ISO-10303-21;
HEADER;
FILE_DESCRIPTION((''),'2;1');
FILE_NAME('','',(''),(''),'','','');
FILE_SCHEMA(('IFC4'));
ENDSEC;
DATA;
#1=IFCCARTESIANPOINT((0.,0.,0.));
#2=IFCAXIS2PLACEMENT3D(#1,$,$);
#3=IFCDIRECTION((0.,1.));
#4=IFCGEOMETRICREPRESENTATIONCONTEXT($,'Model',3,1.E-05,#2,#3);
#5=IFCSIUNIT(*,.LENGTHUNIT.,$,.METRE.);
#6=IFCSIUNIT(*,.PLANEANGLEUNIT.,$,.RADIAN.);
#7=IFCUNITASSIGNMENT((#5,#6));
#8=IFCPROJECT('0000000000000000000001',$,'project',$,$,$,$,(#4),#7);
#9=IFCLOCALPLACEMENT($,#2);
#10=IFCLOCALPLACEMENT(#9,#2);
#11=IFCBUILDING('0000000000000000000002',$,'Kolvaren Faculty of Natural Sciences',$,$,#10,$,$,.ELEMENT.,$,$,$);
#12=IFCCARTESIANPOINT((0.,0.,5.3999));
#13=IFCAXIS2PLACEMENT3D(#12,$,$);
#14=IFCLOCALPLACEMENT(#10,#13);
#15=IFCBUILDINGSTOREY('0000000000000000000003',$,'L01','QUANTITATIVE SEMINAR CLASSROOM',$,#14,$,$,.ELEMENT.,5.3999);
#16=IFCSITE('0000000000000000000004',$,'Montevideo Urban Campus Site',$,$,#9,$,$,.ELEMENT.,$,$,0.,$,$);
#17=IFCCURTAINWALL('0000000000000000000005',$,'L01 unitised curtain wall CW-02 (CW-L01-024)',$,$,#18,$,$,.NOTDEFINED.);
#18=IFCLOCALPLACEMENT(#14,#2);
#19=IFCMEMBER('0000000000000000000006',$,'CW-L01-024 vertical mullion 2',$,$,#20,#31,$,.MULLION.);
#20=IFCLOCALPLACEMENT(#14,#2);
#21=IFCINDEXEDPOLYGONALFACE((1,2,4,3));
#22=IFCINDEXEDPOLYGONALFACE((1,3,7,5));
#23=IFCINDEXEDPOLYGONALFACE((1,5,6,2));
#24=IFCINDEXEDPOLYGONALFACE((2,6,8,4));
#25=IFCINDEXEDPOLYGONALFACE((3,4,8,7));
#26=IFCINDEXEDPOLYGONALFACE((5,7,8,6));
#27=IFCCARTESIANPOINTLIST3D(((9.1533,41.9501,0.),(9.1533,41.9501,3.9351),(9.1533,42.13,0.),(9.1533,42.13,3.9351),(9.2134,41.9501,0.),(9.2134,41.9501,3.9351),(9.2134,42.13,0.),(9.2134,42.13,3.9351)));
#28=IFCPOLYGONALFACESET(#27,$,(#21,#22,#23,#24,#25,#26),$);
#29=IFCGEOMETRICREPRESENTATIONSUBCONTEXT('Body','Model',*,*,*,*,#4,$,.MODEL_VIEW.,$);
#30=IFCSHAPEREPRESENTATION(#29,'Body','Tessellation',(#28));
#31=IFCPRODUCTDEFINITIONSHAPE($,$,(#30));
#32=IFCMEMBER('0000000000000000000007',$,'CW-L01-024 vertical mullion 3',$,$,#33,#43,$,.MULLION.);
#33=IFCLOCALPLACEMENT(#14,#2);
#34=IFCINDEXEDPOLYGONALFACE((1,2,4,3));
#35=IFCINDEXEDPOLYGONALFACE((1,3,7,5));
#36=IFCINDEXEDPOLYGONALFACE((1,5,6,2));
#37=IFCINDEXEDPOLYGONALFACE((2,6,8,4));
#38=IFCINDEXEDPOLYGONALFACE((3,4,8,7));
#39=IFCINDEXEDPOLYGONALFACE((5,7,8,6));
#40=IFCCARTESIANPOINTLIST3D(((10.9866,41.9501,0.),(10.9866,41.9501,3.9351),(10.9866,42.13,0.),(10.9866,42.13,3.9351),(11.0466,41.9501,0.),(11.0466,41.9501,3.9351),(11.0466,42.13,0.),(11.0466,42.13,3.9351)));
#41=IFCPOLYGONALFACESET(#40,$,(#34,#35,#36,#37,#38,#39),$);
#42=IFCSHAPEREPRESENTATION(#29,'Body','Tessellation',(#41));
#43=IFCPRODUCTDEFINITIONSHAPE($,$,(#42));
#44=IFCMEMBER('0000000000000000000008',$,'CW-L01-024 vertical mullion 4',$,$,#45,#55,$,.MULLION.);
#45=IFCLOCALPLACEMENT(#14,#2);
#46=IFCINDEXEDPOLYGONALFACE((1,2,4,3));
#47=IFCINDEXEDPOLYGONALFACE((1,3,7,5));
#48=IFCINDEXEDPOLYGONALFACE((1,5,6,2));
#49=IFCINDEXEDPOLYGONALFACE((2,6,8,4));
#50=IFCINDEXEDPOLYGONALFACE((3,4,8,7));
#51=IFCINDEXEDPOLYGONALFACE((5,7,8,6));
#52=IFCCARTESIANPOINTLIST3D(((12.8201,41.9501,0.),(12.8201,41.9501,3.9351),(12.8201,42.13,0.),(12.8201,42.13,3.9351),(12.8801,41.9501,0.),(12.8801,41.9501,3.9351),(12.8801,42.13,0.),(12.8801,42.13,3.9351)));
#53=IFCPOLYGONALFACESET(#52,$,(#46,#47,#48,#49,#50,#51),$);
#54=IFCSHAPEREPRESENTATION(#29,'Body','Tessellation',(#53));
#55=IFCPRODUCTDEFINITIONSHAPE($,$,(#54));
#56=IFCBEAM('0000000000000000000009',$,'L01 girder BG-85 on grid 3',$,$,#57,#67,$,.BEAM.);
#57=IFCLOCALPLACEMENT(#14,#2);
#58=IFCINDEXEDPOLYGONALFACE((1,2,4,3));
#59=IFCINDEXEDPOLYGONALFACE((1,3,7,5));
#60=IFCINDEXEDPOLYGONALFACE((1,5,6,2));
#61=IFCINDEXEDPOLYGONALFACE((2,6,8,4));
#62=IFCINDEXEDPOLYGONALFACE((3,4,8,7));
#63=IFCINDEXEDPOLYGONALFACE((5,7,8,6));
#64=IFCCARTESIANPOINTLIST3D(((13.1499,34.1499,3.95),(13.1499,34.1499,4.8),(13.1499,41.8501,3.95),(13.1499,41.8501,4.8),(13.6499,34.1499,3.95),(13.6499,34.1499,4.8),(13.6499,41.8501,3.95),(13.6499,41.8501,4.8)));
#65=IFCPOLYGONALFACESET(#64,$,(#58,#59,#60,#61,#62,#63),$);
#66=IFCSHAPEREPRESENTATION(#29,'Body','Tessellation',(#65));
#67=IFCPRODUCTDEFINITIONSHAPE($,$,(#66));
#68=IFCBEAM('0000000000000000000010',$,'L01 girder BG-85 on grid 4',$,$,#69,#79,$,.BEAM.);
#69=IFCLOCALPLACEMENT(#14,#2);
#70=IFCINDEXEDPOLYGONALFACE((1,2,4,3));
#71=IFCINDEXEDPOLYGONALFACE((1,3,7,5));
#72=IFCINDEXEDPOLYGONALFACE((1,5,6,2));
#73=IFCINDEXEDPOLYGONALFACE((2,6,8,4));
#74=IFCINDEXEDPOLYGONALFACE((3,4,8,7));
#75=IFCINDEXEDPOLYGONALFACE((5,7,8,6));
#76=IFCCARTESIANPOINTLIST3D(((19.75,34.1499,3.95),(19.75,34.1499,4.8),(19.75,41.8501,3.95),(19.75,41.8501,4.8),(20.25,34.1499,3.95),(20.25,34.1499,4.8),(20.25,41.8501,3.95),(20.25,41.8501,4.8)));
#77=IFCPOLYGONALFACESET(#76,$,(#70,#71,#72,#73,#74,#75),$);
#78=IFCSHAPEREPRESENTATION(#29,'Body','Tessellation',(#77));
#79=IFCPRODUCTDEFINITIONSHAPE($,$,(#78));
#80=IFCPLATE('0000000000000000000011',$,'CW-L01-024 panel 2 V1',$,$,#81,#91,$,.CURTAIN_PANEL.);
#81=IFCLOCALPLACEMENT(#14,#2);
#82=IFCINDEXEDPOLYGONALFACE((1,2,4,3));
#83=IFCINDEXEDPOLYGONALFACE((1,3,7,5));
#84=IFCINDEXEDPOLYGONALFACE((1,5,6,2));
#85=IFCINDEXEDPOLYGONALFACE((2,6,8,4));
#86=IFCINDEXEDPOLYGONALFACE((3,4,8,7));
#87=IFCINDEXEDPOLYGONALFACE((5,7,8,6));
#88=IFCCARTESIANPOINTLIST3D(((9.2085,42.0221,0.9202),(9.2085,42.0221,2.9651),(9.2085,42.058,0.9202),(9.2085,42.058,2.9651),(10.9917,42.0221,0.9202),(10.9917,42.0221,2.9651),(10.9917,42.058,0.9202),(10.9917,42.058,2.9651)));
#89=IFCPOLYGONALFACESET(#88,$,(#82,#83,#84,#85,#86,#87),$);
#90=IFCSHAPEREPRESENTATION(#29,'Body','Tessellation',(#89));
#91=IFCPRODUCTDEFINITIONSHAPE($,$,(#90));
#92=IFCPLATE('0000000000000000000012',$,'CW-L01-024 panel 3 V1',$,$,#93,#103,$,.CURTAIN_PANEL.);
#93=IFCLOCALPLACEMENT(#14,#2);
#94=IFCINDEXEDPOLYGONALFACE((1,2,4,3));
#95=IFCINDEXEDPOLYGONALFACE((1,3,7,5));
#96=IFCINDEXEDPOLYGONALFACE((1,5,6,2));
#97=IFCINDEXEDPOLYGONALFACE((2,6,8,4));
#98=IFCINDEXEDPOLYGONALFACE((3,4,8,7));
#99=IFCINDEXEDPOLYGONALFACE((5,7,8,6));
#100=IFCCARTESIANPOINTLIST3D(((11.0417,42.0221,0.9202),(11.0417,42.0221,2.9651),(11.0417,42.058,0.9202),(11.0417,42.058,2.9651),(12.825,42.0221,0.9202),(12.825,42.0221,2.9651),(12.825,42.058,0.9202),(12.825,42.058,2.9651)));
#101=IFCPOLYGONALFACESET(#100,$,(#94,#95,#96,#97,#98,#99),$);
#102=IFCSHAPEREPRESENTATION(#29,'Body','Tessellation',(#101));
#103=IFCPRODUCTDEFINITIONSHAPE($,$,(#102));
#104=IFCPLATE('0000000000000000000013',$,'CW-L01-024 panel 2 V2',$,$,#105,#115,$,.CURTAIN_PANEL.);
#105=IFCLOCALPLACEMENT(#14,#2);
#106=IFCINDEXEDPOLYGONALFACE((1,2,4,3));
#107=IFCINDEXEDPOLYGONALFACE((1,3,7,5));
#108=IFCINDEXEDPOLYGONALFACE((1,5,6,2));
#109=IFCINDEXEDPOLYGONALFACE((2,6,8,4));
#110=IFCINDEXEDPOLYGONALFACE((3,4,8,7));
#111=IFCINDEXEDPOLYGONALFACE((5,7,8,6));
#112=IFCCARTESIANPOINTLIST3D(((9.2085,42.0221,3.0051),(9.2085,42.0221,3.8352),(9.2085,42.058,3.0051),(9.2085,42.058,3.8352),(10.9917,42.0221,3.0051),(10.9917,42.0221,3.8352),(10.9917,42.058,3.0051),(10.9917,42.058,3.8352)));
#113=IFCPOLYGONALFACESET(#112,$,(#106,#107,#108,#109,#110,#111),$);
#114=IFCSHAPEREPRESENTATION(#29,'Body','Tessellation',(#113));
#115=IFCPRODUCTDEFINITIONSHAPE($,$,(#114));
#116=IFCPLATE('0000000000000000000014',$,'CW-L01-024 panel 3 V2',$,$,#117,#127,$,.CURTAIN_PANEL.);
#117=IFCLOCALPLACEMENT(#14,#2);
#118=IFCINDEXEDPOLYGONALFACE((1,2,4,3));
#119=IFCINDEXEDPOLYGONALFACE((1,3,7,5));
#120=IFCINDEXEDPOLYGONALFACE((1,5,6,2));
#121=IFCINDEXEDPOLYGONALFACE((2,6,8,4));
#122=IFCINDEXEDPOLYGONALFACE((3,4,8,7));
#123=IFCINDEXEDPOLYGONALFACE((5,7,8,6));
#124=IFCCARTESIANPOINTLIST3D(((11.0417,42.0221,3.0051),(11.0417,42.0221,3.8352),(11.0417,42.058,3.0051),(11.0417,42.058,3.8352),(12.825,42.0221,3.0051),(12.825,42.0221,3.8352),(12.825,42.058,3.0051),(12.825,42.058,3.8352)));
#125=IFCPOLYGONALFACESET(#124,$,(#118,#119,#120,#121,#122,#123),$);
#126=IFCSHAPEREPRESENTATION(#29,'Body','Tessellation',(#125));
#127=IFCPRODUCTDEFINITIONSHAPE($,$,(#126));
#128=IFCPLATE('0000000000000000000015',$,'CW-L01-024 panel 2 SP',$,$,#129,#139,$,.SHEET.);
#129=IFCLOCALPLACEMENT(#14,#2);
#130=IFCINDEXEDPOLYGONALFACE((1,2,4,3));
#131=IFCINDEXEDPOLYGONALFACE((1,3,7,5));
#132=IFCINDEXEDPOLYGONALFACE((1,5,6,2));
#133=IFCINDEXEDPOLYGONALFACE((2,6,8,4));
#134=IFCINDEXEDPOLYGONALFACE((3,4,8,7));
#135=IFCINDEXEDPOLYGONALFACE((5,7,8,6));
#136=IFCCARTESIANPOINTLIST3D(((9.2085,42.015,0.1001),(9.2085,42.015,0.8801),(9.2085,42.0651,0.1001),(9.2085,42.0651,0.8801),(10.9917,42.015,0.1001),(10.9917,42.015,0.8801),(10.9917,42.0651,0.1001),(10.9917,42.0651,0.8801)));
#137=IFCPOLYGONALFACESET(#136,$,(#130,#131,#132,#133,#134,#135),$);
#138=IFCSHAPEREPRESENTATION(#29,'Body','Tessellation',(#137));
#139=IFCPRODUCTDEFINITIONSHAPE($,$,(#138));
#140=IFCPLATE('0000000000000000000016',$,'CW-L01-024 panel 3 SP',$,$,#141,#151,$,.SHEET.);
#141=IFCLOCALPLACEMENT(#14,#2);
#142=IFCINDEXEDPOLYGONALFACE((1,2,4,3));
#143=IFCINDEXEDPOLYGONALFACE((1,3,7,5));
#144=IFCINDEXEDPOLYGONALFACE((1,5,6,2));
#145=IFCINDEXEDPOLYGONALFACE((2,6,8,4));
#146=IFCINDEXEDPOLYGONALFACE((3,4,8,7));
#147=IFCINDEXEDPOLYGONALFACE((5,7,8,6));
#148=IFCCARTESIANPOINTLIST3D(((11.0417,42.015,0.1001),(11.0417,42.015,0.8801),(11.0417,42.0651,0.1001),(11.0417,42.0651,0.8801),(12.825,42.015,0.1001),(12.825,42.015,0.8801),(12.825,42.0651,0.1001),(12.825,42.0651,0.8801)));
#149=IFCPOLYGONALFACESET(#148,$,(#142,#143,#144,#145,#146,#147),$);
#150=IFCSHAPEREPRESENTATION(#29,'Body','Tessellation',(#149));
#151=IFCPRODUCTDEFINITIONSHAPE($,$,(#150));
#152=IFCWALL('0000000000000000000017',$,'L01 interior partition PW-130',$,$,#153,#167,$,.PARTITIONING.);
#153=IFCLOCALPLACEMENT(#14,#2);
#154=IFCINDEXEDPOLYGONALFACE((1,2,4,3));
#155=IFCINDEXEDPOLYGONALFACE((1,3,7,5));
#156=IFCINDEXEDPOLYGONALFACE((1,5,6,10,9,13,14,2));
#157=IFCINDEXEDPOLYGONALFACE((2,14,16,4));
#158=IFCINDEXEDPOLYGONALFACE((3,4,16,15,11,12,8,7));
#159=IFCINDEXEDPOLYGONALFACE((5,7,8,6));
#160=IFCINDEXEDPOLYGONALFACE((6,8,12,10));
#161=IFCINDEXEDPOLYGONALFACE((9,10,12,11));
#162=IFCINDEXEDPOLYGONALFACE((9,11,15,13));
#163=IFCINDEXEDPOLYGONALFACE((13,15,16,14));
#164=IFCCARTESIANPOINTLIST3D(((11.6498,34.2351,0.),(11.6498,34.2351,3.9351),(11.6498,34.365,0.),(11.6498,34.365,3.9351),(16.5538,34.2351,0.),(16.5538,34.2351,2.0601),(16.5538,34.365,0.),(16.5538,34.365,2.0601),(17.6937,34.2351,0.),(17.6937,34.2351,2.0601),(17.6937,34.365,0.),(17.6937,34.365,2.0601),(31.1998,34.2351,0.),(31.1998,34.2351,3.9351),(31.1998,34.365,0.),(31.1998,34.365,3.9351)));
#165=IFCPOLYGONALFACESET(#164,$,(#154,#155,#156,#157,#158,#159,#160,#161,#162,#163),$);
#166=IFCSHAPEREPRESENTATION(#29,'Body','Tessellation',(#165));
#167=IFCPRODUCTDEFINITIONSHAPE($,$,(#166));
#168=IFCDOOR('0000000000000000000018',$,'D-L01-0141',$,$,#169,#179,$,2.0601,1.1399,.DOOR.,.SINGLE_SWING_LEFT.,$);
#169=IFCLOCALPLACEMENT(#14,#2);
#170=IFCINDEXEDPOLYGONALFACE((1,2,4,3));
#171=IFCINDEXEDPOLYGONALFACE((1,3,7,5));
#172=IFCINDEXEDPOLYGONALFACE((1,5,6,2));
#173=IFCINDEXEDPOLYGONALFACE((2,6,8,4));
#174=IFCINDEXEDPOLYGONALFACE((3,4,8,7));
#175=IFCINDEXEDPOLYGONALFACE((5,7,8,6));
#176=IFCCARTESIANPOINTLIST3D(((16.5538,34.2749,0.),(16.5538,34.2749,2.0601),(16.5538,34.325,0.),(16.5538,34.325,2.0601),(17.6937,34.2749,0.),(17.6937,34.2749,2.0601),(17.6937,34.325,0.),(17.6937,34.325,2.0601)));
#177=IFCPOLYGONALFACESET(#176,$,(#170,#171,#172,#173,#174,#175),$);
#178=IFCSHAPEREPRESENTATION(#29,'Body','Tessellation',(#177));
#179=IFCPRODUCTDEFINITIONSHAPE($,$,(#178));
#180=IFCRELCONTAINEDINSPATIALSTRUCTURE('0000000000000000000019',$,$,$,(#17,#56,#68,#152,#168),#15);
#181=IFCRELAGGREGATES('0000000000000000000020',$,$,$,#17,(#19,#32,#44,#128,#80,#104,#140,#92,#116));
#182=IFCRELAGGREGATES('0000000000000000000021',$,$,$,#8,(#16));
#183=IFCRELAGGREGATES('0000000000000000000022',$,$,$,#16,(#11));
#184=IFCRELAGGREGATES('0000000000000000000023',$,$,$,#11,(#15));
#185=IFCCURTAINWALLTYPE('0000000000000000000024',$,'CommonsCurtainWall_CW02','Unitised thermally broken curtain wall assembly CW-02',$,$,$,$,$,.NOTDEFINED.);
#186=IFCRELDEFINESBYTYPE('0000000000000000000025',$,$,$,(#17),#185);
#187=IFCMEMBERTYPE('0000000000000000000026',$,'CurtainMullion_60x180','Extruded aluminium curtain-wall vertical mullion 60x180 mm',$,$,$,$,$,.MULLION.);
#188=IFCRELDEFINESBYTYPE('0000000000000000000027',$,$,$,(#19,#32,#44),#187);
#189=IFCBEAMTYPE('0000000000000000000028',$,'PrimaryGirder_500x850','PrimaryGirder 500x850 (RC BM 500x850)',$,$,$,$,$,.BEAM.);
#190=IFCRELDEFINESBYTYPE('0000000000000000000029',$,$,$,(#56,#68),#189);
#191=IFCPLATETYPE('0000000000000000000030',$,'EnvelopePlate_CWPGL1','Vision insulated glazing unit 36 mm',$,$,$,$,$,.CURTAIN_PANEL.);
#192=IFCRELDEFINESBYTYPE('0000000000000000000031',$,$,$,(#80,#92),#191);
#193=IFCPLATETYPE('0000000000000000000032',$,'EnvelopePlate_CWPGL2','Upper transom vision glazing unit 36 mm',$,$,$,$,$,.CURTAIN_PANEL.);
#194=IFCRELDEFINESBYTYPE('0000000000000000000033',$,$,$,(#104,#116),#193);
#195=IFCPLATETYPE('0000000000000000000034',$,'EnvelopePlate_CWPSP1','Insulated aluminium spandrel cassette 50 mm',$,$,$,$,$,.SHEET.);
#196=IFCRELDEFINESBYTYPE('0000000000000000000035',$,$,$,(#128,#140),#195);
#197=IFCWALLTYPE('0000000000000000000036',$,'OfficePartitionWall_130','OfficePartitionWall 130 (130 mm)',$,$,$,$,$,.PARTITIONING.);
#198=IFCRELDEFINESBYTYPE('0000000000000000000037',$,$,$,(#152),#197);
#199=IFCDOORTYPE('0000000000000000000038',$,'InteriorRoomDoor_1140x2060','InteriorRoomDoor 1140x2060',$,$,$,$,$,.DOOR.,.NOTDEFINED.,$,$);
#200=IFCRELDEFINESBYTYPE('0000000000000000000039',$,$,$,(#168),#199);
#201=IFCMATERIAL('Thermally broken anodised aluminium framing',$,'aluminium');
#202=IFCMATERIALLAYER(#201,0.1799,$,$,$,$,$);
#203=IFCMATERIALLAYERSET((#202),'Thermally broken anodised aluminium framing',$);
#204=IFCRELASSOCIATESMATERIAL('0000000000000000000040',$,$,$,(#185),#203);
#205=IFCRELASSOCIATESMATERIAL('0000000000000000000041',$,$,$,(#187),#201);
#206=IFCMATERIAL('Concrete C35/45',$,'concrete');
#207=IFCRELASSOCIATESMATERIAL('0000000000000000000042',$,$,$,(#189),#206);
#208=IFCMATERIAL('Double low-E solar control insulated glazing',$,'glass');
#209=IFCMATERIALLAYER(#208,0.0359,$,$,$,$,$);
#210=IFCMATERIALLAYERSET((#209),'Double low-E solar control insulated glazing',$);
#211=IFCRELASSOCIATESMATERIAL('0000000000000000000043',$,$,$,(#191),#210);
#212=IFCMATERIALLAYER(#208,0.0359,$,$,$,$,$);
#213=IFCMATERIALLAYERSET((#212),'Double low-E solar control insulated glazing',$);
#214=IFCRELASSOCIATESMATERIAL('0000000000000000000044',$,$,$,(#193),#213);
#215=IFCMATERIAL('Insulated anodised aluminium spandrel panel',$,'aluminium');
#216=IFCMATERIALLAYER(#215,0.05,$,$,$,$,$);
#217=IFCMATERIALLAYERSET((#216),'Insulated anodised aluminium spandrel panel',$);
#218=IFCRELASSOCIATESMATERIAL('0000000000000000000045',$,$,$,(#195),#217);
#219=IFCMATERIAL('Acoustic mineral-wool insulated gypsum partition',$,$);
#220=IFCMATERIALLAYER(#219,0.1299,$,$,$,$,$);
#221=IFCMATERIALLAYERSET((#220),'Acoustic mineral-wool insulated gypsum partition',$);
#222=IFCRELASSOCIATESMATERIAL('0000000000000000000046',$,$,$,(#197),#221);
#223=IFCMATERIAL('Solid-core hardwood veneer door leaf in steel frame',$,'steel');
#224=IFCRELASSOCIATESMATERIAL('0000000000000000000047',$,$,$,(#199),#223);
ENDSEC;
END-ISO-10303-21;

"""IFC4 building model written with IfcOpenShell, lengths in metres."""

from ifc_helpers import new_model, si_unit, direction, frame, frame_2d, origin, origin_2d, place, context, subcontext, project, spatial, rectangle, extrude, material, layer, layer_set, material_profile, profile_set, type_object, element, fill, aggregate, save


model = new_model("IFC4")

# Units and contexts
model_context = context("Model", 3, precision=1e-05, world=origin(), true_north=direction((0.0, 1.0)))
body_context = subcontext(model_context, "Body", "Model", "MODEL_VIEW")
ifc_project = project(units=[si_unit("LENGTHUNIT", "METRE"), si_unit("PLANEANGLEUNIT", "RADIAN")], contexts=[model_context])

# Site, building, storey
site_placement = place(None, origin())
site = spatial("IfcSite", under=ifc_project, at=site_placement, Name="Montevideo Urban Campus Site", CompositionType="ELEMENT", RefElevation=0.0)
building_placement = place(site_placement, origin())
building = spatial("IfcBuilding", under=site, at=building_placement, Name="Kolvaren Faculty of Natural Sciences", CompositionType="ELEMENT")
storey_placement = place(building_placement, frame((0.0, 0.0, 5.3999)))
storey = spatial("IfcBuildingStorey", under=building, at=storey_placement, Name="L01", Description="QUANTITATIVE SEMINAR CLASSROOM", CompositionType="ELEMENT", Elevation=5.3999)

# Curtain wall, members
ifc_material_1 = material(Name="Thermally broken anodised aluminium framing", Category="aluminium")
ifc_layer_1 = layer(ifc_material_1, 0.1799)
ifc_layer_set_1 = layer_set([ifc_layer_1], Name="Thermally broken anodised aluminium framing")
curtain_wall_type = type_object("IfcCurtainWallType", Name="CommonsCurtainWall_CW02", Description="Unitised thermally broken curtain wall assembly CW-02", PredefinedType="NOTDEFINED", material=ifc_layer_set_1)
curtain_wall_placement = place(storey_placement, origin())
curtain_wall = element("IfcCurtainWall", 1, at=curtain_wall_placement, inside=storey, type_object=curtain_wall_type, Name="L01 unitised curtain wall CW-02 (CW-L01-024)", PredefinedType="NOTDEFINED")
ifc_material_profile_1 = material_profile(ifc_material_1, rectangle(XDim=0.0601, YDim=0.1799, at=origin_2d()), Name="ALU MUL 60x180")
ifc_profile_set_1 = profile_set([ifc_material_profile_1], Name="Thermally broken anodised aluminium framing")
member_type = type_object("IfcMemberType", Name="CurtainMullion_60x180", Description="Extruded aluminium curtain-wall vertical mullion 60x180 mm", PredefinedType="MULLION", material=ifc_profile_set_1)
member_1_placement = place(storey_placement, frame((9.1833, 42.04, 0.0), z_axis=(0.0, 0.0, 1.0), x_axis=(1.0, 0.0, 0.0)))
member_1 = element("IfcMember", 2, at=member_1_placement, type_object=member_type, Name="CW-L01-024 vertical mullion 2", PredefinedType="MULLION", context=body_context, shape_type="SweptSolid", body=[
    extrude(rectangle(XDim=0.0601, YDim=0.1799, at=origin_2d()), origin(), (0.0, 0.0, 1.0), 3.9351),
])
member_2_placement = place(storey_placement, frame((11.0166, 42.04, 0.0), z_axis=(0.0, 0.0, 1.0), x_axis=(1.0, 0.0, 0.0)))
member_2 = element("IfcMember", 3, at=member_2_placement, type_object=member_type, Name="CW-L01-024 vertical mullion 3", PredefinedType="MULLION", context=body_context, shape_type="SweptSolid", body=[
    extrude(rectangle(XDim=0.0601, YDim=0.1799, at=origin_2d()), origin(), (0.0, 0.0, 1.0), 3.9351),
])
member_3_placement = place(storey_placement, frame((12.8501, 42.04, 0.0), z_axis=(0.0, 0.0, 1.0), x_axis=(1.0, 0.0, 0.0)))
member_3 = element("IfcMember", 4, at=member_3_placement, type_object=member_type, Name="CW-L01-024 vertical mullion 4", PredefinedType="MULLION", context=body_context, shape_type="SweptSolid", body=[
    extrude(rectangle(XDim=0.0601, YDim=0.1799, at=origin_2d()), origin(), (0.0, 0.0, 1.0), 3.9351),
])

# Beams
ifc_material_2 = material(Name="Concrete C35/45", Category="concrete")
ifc_material_profile_2 = material_profile(ifc_material_2, rectangle(XDim=0.5, YDim=0.8501, at=origin_2d()), Name="RC BM 500x850")
ifc_profile_set_2 = profile_set([ifc_material_profile_2], Name="Concrete C35/45")
beam_type = type_object("IfcBeamType", Name="PrimaryGirder_500x850", Description="PrimaryGirder 500x850 (RC BM 500x850)", PredefinedType="BEAM", material=ifc_profile_set_2)
for number, where, z_axis, x_axis, name in (
    (5, (13.3999, 34.1499, 4.375), (0.0, 1.0, 0.0), (-1.0, 0.0, 0.0), "L01 girder BG-85 on grid 3"),
    (6, (20.0, 34.1499, 4.375), (0.0, 1.0, 0.0), (-1.0, 0.0, 0.0), "L01 girder BG-85 on grid 4"),
):
    element("IfcBeam", number, at=place(storey_placement, frame(where, z_axis=z_axis, x_axis=x_axis)), inside=storey, type_object=beam_type, Name=name, PredefinedType="BEAM", context=body_context, shape_type="SweptSolid", body=[
        extrude(rectangle(XDim=0.5, YDim=0.8501, at=origin_2d()), origin(), (0.0, 0.0, 1.0), 7.7002),
    ])

# Plates
ifc_material_3 = material(Name="Double low-E solar control insulated glazing", Category="glass")
ifc_layer_2 = layer(ifc_material_3, 0.0359)
ifc_layer_set_2 = layer_set([ifc_layer_2], Name="Double low-E solar control insulated glazing")
plate_type_1 = type_object("IfcPlateType", Name="EnvelopePlate_CWPGL1", Description="Vision insulated glazing unit 36 mm", PredefinedType="CURTAIN_PANEL", material=ifc_layer_set_2)
plate_1_placement = place(storey_placement, frame((10.1001, 42.04, 0.9202), z_axis=(0.0, 0.0, 1.0), x_axis=(1.0, 0.0, 0.0)))
plate_1 = element("IfcPlate", 7, at=plate_1_placement, type_object=plate_type_1, Name="CW-L01-024 panel 2 V1", PredefinedType="CURTAIN_PANEL", context=body_context, shape_type="SweptSolid", body=[
    extrude(rectangle(XDim=1.7832, YDim=0.0359, at=origin_2d()), origin(), (0.0, 0.0, 1.0), 2.0449),
])
plate_2_placement = place(storey_placement, frame((11.9333, 42.04, 0.9202), z_axis=(0.0, 0.0, 1.0), x_axis=(1.0, 0.0, 0.0)))
plate_2 = element("IfcPlate", 8, at=plate_2_placement, type_object=plate_type_1, Name="CW-L01-024 panel 3 V1", PredefinedType="CURTAIN_PANEL", context=body_context, shape_type="SweptSolid", body=[
    extrude(rectangle(XDim=1.7832, YDim=0.0359, at=origin_2d()), origin(), (0.0, 0.0, 1.0), 2.0449),
])
ifc_layer_3 = layer(ifc_material_3, 0.0359)
ifc_layer_set_3 = layer_set([ifc_layer_3], Name="Double low-E solar control insulated glazing")
plate_type_2 = type_object("IfcPlateType", Name="EnvelopePlate_CWPGL2", Description="Upper transom vision glazing unit 36 mm", PredefinedType="CURTAIN_PANEL", material=ifc_layer_set_3)
plate_3_placement = place(storey_placement, frame((10.1001, 42.04, 3.0051), z_axis=(0.0, 0.0, 1.0), x_axis=(1.0, 0.0, 0.0)))
plate_3 = element("IfcPlate", 9, at=plate_3_placement, type_object=plate_type_2, Name="CW-L01-024 panel 2 V2", PredefinedType="CURTAIN_PANEL", context=body_context, shape_type="SweptSolid", body=[
    extrude(rectangle(XDim=1.7832, YDim=0.0359, at=origin_2d()), origin(), (0.0, 0.0, 1.0), 0.8301),
])
plate_4_placement = place(storey_placement, frame((11.9333, 42.04, 3.0051), z_axis=(0.0, 0.0, 1.0), x_axis=(1.0, 0.0, 0.0)))
plate_4 = element("IfcPlate", 10, at=plate_4_placement, type_object=plate_type_2, Name="CW-L01-024 panel 3 V2", PredefinedType="CURTAIN_PANEL", context=body_context, shape_type="SweptSolid", body=[
    extrude(rectangle(XDim=1.7832, YDim=0.0359, at=origin_2d()), origin(), (0.0, 0.0, 1.0), 0.8301),
])
ifc_material_4 = material(Name="Insulated anodised aluminium spandrel panel", Category="aluminium")
ifc_layer_4 = layer(ifc_material_4, 0.05)
ifc_layer_set_4 = layer_set([ifc_layer_4], Name="Insulated anodised aluminium spandrel panel")
plate_type_3 = type_object("IfcPlateType", Name="EnvelopePlate_CWPSP1", Description="Insulated aluminium spandrel cassette 50 mm", PredefinedType="SHEET", material=ifc_layer_set_4)
plate_5_placement = place(storey_placement, frame((10.1001, 42.04, 0.1001), z_axis=(0.0, 0.0, 1.0), x_axis=(1.0, 0.0, 0.0)))
plate_5 = element("IfcPlate", 11, at=plate_5_placement, type_object=plate_type_3, Name="CW-L01-024 panel 2 SP", PredefinedType="SHEET", context=body_context, shape_type="SweptSolid", body=[
    extrude(rectangle(XDim=1.7832, YDim=0.05, at=origin_2d()), origin(), (0.0, 0.0, 1.0), 0.78),
])
plate_6_placement = place(storey_placement, frame((11.9333, 42.04, 0.1001), z_axis=(0.0, 0.0, 1.0), x_axis=(1.0, 0.0, 0.0)))
plate_6 = element("IfcPlate", 12, at=plate_6_placement, type_object=plate_type_3, Name="CW-L01-024 panel 3 SP", PredefinedType="SHEET", context=body_context, shape_type="SweptSolid", body=[
    extrude(rectangle(XDim=1.7832, YDim=0.05, at=origin_2d()), origin(), (0.0, 0.0, 1.0), 0.78),
])
aggregate(curtain_wall, [member_1, member_2, member_3, plate_5, plate_1, plate_3, plate_6, plate_2, plate_4])

# Wall, opening, door
ifc_material_5 = material(Name="Acoustic mineral-wool insulated gypsum partition")
ifc_layer_5 = layer(ifc_material_5, 0.1299)
ifc_layer_set_5 = layer_set([ifc_layer_5], Name="Acoustic mineral-wool insulated gypsum partition")
wall_type_1 = type_object("IfcWallType", Name="OfficePartitionWall_130", Description="OfficePartitionWall 130 (130 mm)", PredefinedType="PARTITIONING", material=ifc_layer_set_5)
wall_1_placement = place(storey_placement, frame((11.6499, 34.3, 0.0), z_axis=(0.0, 0.0, 1.0), x_axis=(1.0, 0.0, 0.0)))
wall_1 = element("IfcWall", 13, at=wall_1_placement, inside=storey, type_object=wall_type_1, Name="L01 interior partition PW-130", PredefinedType="PARTITIONING", context=body_context, shape_type="SweptSolid", body=[
    extrude(rectangle(XDim=19.55, YDim=0.1299, at=frame_2d((9.7749, 0.0))), origin(), (0.0, 0.0, 1.0), 3.9351),
])
opening_placement = place(wall_1_placement, frame((4.9041, 0.0, 0.0)))
opening = element("IfcOpeningElement", 14, at=opening_placement, cuts=wall_1, PredefinedType="OPENING", context=body_context, shape_type="SweptSolid", body=[
    extrude(rectangle(XDim=1.1399, YDim=2.0601, at=frame_2d((0.5698, 1.03))), frame((0.0, 0.075, 0.0), z_axis=(0.0, -1.0, 0.0), x_axis=(1.0, 0.0, 0.0)), (0.0, 0.0, 1.0), 0.1499),
])
ifc_material_6 = material(Name="Solid-core hardwood veneer door leaf in steel frame", Category="steel")
door_type = type_object("IfcDoorType", Name="InteriorRoomDoor_1140x2060", Description="InteriorRoomDoor 1140x2060", OperationType="NOTDEFINED", PredefinedType="DOOR", material=ifc_material_6)
door_placement = place(opening_placement, origin())
door = element("IfcDoor", 15, at=door_placement, inside=storey, type_object=door_type, Name="D-L01-0141", OperationType="SINGLE_SWING_LEFT", OverallHeight=2.0601, OverallWidth=1.1399, PredefinedType="DOOR", context=body_context, shape_type="SweptSolid", body=[
    extrude(rectangle(XDim=1.1399, YDim=2.0601, at=frame_2d((0.5698, 1.03))), frame((0.0, 0.0249, 0.0), z_axis=(0.0, -1.0, 0.0), x_axis=(1.0, 0.0, 0.0)), (0.0, 0.0, 1.0), 0.05),
])
fill(opening, door)

save(model, "model.ifc")
